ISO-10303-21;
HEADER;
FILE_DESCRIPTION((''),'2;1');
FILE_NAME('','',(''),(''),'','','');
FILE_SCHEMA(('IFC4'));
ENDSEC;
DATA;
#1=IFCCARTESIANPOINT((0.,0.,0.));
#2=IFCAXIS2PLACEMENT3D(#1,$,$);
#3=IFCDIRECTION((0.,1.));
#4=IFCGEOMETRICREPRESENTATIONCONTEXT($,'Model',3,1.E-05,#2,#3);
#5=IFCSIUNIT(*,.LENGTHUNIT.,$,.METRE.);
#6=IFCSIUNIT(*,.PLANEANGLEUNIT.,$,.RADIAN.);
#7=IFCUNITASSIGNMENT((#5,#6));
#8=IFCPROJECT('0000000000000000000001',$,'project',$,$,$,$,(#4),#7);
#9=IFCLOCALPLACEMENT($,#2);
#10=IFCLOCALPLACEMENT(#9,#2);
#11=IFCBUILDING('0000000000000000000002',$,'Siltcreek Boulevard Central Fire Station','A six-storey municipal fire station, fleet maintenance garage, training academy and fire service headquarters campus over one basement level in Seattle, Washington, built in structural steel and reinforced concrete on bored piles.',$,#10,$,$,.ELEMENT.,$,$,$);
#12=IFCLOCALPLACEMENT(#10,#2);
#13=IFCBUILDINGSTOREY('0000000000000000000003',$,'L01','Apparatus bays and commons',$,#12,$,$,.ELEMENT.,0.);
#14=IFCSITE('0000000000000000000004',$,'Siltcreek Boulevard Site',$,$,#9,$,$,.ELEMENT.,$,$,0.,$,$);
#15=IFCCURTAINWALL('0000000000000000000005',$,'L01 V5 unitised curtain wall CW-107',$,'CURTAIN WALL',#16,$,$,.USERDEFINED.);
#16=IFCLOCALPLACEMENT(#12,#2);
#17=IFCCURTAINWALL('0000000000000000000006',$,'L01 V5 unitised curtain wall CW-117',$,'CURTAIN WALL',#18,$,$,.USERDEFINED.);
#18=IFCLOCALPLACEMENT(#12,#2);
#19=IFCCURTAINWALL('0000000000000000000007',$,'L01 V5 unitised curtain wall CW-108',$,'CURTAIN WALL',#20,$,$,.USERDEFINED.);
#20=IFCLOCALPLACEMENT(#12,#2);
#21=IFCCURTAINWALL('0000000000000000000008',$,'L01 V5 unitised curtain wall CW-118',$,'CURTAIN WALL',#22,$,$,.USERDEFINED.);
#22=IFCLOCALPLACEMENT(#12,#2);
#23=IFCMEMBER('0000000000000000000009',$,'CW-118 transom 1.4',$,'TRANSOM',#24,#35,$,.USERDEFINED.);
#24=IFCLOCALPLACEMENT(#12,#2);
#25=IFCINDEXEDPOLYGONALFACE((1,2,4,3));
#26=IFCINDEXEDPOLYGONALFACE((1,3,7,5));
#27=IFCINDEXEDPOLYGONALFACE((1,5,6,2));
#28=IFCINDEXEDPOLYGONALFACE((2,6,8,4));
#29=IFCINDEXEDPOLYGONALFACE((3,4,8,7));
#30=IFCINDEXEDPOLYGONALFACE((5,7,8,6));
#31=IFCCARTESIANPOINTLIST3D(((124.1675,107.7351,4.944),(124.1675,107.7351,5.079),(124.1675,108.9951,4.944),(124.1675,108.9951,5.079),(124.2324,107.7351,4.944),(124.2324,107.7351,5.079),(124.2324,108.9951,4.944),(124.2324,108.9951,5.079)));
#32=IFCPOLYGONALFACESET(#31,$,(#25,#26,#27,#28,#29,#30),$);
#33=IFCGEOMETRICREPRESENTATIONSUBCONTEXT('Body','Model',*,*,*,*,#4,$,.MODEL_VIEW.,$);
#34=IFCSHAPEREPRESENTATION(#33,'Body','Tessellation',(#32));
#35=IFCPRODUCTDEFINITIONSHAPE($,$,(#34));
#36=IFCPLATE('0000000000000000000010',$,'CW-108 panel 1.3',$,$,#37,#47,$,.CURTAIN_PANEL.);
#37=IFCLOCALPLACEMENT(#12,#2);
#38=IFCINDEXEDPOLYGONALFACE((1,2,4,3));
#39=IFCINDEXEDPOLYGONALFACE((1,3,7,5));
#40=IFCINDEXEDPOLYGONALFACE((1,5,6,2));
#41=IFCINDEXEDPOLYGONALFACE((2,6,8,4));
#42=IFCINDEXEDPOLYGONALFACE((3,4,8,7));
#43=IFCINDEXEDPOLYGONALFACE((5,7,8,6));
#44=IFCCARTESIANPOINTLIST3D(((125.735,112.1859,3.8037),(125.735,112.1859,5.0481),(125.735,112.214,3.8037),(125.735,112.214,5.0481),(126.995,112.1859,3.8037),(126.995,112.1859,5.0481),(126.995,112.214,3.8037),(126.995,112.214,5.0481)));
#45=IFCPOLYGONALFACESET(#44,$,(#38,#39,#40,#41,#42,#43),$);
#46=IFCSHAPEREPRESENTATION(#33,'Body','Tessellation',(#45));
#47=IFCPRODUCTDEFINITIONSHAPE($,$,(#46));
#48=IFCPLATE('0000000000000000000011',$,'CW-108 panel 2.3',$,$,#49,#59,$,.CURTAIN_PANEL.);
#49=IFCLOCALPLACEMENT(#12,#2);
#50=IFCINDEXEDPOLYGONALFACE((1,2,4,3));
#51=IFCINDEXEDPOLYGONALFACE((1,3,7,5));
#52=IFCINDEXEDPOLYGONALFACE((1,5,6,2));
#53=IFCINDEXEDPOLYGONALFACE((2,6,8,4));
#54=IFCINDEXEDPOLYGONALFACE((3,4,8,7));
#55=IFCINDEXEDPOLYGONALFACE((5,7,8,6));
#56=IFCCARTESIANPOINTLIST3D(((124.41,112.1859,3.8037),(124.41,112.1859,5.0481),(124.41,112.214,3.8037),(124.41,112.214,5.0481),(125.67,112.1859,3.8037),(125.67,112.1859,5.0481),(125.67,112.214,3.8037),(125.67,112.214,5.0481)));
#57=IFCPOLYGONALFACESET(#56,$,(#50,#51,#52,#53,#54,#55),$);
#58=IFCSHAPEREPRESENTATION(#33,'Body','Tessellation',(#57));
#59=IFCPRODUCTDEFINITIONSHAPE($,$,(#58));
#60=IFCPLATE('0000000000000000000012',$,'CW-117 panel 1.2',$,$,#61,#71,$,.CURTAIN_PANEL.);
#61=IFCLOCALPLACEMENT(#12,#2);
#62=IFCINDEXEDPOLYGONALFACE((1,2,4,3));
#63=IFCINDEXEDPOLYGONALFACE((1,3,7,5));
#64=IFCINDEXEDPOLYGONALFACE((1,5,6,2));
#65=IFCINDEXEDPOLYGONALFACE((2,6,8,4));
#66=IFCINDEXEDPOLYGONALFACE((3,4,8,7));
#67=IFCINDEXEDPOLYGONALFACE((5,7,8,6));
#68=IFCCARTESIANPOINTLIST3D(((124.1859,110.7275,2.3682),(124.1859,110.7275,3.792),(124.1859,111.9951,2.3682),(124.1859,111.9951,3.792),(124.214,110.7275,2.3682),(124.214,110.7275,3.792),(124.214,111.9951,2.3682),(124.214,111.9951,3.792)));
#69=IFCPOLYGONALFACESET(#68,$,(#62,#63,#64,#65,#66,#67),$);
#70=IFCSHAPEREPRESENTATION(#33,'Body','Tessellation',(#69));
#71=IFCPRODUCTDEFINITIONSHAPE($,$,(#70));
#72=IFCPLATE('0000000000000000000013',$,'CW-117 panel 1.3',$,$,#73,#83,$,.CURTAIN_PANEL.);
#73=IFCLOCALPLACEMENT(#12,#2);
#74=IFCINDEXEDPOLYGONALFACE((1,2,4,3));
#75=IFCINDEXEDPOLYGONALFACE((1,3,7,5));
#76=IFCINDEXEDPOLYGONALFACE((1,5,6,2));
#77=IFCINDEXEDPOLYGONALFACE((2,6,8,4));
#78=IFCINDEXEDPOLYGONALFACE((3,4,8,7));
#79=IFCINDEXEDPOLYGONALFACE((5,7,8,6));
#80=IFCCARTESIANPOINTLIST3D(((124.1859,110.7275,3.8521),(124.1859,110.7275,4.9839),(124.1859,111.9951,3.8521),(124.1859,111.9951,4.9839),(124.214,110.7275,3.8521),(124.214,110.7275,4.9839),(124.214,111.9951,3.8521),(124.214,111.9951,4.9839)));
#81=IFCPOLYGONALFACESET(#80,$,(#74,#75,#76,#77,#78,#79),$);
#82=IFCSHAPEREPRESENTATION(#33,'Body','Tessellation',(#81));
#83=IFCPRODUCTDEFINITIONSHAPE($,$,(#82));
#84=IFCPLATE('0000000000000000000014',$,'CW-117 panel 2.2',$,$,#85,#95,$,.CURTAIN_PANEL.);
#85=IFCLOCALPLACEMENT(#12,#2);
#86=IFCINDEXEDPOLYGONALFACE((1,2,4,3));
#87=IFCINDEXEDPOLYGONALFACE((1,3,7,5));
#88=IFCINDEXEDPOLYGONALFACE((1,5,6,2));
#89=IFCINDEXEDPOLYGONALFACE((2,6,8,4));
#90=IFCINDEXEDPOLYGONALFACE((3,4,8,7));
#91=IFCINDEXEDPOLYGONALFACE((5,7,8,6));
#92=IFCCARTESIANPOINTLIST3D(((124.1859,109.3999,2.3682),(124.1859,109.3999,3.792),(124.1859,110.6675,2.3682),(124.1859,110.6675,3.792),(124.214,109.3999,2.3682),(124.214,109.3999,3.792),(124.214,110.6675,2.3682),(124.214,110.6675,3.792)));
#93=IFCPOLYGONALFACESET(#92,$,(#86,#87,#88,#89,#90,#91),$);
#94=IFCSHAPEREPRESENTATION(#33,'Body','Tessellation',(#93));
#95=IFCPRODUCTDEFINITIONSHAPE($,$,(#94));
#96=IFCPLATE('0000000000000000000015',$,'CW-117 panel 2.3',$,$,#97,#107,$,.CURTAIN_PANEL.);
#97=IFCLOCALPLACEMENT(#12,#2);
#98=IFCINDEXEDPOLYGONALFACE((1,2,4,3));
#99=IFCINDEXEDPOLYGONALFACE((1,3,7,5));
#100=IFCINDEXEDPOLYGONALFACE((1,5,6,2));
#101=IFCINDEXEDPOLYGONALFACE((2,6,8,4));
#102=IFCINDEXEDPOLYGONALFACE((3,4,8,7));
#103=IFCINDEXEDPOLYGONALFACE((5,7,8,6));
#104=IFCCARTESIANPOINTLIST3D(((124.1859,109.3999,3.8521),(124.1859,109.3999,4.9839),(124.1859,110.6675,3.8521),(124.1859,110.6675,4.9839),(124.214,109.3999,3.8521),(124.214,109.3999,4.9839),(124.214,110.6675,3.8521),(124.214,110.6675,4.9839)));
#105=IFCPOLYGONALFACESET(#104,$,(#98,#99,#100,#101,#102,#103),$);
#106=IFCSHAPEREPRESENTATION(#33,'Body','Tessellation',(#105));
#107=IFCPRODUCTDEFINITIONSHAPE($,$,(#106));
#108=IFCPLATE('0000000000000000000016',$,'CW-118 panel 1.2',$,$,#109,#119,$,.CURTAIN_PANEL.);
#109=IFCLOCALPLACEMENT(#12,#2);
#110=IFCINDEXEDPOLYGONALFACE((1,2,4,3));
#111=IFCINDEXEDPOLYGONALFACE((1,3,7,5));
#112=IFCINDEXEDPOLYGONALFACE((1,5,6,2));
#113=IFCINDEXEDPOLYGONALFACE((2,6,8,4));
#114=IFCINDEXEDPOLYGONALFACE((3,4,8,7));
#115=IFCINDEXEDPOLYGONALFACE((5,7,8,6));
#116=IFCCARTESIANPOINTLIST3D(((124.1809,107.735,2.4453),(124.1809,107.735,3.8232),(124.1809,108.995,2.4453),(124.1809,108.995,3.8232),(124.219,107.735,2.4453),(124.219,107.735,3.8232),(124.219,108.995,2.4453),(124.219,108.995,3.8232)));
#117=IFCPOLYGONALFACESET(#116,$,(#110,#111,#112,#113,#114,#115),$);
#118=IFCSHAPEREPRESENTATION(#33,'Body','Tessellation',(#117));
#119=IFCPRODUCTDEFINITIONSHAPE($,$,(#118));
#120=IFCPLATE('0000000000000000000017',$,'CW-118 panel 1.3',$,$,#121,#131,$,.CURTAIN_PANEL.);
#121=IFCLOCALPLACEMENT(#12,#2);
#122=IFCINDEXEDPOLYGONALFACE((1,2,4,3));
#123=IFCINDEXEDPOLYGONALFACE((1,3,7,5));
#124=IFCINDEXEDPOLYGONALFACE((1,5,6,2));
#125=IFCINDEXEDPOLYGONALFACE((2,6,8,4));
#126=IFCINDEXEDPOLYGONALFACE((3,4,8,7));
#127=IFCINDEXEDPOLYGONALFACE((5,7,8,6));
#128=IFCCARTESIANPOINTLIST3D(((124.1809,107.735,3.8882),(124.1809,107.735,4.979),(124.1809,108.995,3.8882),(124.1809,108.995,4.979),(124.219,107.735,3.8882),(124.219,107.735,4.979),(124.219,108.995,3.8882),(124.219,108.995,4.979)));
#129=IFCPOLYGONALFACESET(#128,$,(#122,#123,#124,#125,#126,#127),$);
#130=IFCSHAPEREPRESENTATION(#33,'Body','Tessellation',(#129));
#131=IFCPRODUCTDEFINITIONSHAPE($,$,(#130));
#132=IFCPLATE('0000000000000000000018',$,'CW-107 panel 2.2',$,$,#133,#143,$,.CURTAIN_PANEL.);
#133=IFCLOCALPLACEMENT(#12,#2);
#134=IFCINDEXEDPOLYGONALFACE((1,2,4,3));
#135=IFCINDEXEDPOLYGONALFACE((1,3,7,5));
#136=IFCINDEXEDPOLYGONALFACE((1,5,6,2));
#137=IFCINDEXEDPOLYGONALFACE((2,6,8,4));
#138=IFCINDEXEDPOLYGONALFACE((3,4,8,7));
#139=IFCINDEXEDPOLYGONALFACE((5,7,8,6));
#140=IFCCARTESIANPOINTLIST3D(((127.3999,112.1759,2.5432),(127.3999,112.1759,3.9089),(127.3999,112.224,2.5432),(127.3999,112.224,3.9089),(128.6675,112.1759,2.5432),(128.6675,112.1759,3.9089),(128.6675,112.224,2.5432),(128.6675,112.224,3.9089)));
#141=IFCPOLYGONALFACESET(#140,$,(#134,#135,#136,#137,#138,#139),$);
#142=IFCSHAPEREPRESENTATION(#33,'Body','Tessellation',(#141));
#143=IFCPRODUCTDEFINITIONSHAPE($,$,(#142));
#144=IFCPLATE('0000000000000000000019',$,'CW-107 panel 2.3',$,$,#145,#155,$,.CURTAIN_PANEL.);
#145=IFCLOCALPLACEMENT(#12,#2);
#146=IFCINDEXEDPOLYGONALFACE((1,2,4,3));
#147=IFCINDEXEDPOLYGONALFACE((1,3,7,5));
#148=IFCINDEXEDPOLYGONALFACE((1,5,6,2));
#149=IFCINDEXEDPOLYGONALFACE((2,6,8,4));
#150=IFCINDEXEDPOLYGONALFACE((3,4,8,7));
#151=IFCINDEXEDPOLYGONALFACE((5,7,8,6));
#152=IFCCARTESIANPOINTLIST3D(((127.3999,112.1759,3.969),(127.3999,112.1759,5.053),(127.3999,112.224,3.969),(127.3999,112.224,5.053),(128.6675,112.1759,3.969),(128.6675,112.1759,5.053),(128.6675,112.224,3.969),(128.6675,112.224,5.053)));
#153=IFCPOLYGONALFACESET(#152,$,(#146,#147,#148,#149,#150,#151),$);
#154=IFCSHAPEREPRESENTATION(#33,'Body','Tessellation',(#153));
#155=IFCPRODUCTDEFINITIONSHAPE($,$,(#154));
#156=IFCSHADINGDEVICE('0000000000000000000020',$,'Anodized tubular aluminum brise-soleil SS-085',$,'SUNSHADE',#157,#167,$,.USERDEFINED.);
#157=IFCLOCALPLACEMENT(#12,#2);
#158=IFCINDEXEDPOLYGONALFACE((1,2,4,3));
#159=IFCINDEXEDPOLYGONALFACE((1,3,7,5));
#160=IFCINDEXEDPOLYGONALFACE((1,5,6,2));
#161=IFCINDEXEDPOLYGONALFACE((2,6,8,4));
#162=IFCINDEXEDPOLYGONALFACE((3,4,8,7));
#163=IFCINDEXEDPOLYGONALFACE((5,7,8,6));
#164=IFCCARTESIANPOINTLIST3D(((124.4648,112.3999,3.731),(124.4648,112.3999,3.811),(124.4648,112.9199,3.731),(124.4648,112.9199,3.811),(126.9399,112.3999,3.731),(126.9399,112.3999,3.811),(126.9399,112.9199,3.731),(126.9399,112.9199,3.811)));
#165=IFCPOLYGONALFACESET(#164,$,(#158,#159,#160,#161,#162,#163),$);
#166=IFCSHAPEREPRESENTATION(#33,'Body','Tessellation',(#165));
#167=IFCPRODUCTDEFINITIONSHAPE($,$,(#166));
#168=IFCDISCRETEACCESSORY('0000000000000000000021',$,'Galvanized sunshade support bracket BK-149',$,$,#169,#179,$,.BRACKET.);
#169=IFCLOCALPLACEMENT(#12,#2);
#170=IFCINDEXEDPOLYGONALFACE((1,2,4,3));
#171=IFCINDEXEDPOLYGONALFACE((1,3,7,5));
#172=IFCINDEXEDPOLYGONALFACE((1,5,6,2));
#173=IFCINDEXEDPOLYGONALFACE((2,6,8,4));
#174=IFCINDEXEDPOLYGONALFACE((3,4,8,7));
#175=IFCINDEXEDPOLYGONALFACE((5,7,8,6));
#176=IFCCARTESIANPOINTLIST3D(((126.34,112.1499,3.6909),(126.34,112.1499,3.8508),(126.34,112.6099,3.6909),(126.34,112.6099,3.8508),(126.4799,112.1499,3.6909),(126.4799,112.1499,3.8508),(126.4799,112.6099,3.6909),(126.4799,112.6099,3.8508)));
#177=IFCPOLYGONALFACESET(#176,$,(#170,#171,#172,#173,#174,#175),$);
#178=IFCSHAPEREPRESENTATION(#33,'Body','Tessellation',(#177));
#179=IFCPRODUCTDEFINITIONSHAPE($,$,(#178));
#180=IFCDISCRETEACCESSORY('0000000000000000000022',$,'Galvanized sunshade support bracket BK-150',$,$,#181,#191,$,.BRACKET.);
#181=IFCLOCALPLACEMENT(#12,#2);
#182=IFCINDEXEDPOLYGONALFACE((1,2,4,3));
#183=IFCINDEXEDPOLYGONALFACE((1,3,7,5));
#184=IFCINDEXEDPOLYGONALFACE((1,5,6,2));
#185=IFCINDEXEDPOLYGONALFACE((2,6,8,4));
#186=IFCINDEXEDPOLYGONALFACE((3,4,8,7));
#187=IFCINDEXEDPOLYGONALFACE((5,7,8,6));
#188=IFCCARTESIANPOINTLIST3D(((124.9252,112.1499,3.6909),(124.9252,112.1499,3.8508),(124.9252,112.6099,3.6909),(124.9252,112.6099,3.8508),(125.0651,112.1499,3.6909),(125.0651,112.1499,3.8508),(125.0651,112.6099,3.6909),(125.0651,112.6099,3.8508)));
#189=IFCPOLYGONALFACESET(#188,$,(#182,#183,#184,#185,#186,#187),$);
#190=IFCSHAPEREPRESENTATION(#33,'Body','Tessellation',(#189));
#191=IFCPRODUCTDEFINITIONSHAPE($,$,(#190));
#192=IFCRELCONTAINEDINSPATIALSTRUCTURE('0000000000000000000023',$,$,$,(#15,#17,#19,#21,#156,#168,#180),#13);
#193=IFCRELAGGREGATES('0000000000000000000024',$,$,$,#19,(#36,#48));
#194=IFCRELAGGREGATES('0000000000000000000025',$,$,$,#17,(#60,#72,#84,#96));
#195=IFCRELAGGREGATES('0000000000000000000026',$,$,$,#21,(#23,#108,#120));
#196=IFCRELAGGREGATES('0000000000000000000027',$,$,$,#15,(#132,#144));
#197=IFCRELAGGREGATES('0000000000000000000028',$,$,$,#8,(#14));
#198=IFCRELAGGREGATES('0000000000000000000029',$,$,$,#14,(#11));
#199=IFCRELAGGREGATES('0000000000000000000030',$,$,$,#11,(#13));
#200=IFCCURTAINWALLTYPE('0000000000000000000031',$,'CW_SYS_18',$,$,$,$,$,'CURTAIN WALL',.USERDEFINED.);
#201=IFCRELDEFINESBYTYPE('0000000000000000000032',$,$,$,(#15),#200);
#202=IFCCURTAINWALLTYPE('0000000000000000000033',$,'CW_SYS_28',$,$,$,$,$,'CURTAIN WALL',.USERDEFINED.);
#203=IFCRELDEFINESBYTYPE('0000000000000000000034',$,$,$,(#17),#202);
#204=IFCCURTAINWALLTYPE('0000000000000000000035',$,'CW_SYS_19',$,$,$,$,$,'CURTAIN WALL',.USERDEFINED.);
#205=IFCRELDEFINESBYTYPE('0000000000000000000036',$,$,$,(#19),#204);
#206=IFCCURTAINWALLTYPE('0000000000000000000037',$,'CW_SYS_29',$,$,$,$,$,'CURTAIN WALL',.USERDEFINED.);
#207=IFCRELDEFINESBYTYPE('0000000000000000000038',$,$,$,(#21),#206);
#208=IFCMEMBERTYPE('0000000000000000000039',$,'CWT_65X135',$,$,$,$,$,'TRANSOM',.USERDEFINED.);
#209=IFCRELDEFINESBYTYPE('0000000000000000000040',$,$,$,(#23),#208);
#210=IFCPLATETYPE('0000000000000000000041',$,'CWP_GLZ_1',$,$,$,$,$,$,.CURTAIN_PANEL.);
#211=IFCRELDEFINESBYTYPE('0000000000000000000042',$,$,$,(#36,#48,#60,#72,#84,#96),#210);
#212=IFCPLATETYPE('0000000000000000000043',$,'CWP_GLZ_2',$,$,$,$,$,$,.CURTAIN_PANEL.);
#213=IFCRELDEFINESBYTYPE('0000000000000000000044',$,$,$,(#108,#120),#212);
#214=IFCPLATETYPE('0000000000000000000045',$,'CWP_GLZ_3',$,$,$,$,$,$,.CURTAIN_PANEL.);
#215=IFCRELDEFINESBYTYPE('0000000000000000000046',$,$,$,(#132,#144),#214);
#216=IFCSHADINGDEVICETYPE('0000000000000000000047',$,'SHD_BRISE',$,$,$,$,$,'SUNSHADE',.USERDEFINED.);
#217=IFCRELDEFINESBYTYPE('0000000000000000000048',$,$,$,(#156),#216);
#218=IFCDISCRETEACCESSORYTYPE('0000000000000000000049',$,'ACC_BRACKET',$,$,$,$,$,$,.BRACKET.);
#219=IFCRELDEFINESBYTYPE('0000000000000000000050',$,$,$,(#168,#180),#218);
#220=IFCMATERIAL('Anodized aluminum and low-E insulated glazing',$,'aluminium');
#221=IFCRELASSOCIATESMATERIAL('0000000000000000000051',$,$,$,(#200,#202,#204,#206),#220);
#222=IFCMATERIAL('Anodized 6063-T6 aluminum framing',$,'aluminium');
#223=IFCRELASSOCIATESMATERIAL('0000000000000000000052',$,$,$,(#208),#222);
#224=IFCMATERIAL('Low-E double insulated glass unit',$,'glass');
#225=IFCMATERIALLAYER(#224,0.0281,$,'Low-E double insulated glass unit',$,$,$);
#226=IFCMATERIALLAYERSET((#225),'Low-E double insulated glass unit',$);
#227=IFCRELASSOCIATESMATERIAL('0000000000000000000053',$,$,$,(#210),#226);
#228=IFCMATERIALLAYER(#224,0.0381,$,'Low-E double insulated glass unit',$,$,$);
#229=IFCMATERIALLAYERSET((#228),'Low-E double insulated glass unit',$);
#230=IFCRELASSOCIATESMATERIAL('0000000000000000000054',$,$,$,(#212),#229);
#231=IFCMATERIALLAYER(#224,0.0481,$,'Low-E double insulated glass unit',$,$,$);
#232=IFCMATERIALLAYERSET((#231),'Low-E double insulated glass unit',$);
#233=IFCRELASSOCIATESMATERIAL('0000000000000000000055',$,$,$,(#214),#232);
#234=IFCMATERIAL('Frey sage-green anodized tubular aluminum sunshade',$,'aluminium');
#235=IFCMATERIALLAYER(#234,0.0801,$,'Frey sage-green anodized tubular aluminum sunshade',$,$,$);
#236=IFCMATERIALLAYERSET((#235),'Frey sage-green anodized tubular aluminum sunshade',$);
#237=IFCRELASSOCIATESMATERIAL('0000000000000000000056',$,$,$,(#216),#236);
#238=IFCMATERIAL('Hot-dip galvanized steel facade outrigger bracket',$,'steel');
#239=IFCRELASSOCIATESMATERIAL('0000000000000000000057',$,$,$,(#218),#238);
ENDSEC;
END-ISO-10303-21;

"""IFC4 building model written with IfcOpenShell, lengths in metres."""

from ifc_helpers import new_model, si_unit, direction, frame, origin, origin_2d, place, context, subcontext, project, spatial, rectangle, extrude, material, layer, layer_set, material_profile, profile_set, type_object, element, aggregate, save


model = new_model("IFC4")

# Units and contexts
model_context = context("Model", 3, precision=1e-05, world=origin(), true_north=direction((0.0, 1.0)))
body_context = subcontext(model_context, "Body", "Model", "MODEL_VIEW")
ifc_project = project(units=[si_unit("LENGTHUNIT", "METRE"), si_unit("PLANEANGLEUNIT", "RADIAN")], contexts=[model_context])

# Site, building, storey
site_placement = place(None, origin())
site = spatial("IfcSite", under=ifc_project, at=site_placement, Name="Siltcreek Boulevard Site", CompositionType="ELEMENT", RefElevation=0.0)
building_placement = place(site_placement, origin())
building = spatial("IfcBuilding", under=site, at=building_placement, Name="Siltcreek Boulevard Central Fire Station", Description="A six-storey municipal fire station, fleet maintenance garage, training academy and fire service headquarters campus over one basement level in Seattle, Washington, built in structural steel and reinforced concrete on bored piles.", CompositionType="ELEMENT")
storey_placement = place(building_placement, origin())
storey = spatial("IfcBuildingStorey", under=building, at=storey_placement, Name="L01", Description="Apparatus bays and commons", CompositionType="ELEMENT", Elevation=0.0)

# Curtain walls, member
ifc_material_1 = material(Name="Anodized aluminum and low-E insulated glazing", Category="aluminium")
curtain_wall_type_1 = type_object("IfcCurtainWallType", Name="CW_SYS_18", ElementType="CURTAIN WALL", PredefinedType="USERDEFINED", material=ifc_material_1)
curtain_wall_1_placement = place(storey_placement, origin())
curtain_wall_1 = element("IfcCurtainWall", 1, at=curtain_wall_1_placement, inside=storey, type_object=curtain_wall_type_1, Name="L01 V5 unitised curtain wall CW-107", ObjectType="CURTAIN WALL", PredefinedType="USERDEFINED")
ifc_material_2 = material(Name="Anodized 6063-T6 aluminum framing", Category="aluminium")
curtain_wall_type_2 = type_object("IfcCurtainWallType", Name="CW_SYS_28", ElementType="CURTAIN WALL", PredefinedType="USERDEFINED", material=ifc_material_1)
curtain_wall_2_placement = place(storey_placement, origin())
curtain_wall_2 = element("IfcCurtainWall", 2, at=curtain_wall_2_placement, inside=storey, type_object=curtain_wall_type_2, Name="L01 V5 unitised curtain wall CW-117", ObjectType="CURTAIN WALL", PredefinedType="USERDEFINED")
curtain_wall_type_3 = type_object("IfcCurtainWallType", Name="CW_SYS_19", ElementType="CURTAIN WALL", PredefinedType="USERDEFINED", material=ifc_material_1)
curtain_wall_3_placement = place(storey_placement, origin())
curtain_wall_3 = element("IfcCurtainWall", 3, at=curtain_wall_3_placement, inside=storey, type_object=curtain_wall_type_3, Name="L01 V5 unitised curtain wall CW-108", ObjectType="CURTAIN WALL", PredefinedType="USERDEFINED")
ifc_material_profile_1 = material_profile(ifc_material_2, rectangle(XDim=0.0649, YDim=0.135, at=origin_2d()), Name="TRAN65X135")
ifc_profile_set_1 = profile_set([ifc_material_profile_1], Name="Anodized 6063-T6 aluminum framing")
member_type_1 = type_object("IfcMemberType", Name="CWT_65X135", ElementType="TRANSOM", PredefinedType="USERDEFINED", material=ifc_profile_set_1)
curtain_wall_type_4 = type_object("IfcCurtainWallType", Name="CW_SYS_29", ElementType="CURTAIN WALL", PredefinedType="USERDEFINED", material=ifc_material_1)
curtain_wall_4_placement = place(storey_placement, origin())
curtain_wall_4 = element("IfcCurtainWall", 4, at=curtain_wall_4_placement, inside=storey, type_object=curtain_wall_type_4, Name="L01 V5 unitised curtain wall CW-118", ObjectType="CURTAIN WALL", PredefinedType="USERDEFINED")
member_1_placement = place(storey_placement, frame((124.2, 108.9951, 5.0115), z_axis=(0.0, -1.0, 0.0), x_axis=(1.0, 0.0, 0.0)))
member_1 = element("IfcMember", 5, at=member_1_placement, type_object=member_type_1, Name="CW-118 transom 1.4", ObjectType="TRANSOM", PredefinedType="USERDEFINED", context=body_context, shape_type="SweptSolid", body=[
    extrude(rectangle(XDim=0.0649, YDim=0.135, at=origin_2d()), origin(), (0.0, 0.0, 1.0), 1.26),
])

# Plates
ifc_material_3 = material(Name="Low-E double insulated glass unit", Category="glass")
ifc_layer_1 = layer(ifc_material_3, 0.0281, Name="Low-E double insulated glass unit")
ifc_layer_set_1 = layer_set([ifc_layer_1], Name="Low-E double insulated glass unit")
plate_type_1 = type_object("IfcPlateType", Name="CWP_GLZ_1", PredefinedType="CURTAIN_PANEL", material=ifc_layer_set_1)
plate_1_placement = place(storey_placement, frame((126.365, 112.2, 3.8037), z_axis=(0.0, 0.0, 1.0), x_axis=(-1.0, 0.0, 0.0)))
plate_1 = element("IfcPlate", 6, at=plate_1_placement, type_object=plate_type_1, Name="CW-108 panel 1.3", PredefinedType="CURTAIN_PANEL", context=body_context, shape_type="SweptSolid", body=[
    extrude(rectangle(XDim=1.26, YDim=0.0281, at=origin_2d()), origin(), (0.0, 0.0, 1.0), 1.2444),
])
plate_2_placement = place(storey_placement, frame((125.04, 112.2, 3.8037), z_axis=(0.0, 0.0, 1.0), x_axis=(-1.0, 0.0, 0.0)))
plate_2 = element("IfcPlate", 7, at=plate_2_placement, type_object=plate_type_1, Name="CW-108 panel 2.3", PredefinedType="CURTAIN_PANEL", context=body_context, shape_type="SweptSolid", body=[
    extrude(rectangle(XDim=1.26, YDim=0.0281, at=origin_2d()), origin(), (0.0, 0.0, 1.0), 1.2444),
])
aggregate(curtain_wall_3, [plate_1, plate_2])
plate_3_placement = place(storey_placement, frame((124.2, 111.3613, 2.3682), z_axis=(0.0, 0.0, 1.0), x_axis=(0.0, -1.0, 0.0)))
plate_3 = element("IfcPlate", 8, at=plate_3_placement, type_object=plate_type_1, Name="CW-117 panel 1.2", PredefinedType="CURTAIN_PANEL", context=body_context, shape_type="SweptSolid", body=[
    extrude(rectangle(XDim=1.2676, YDim=0.0281, at=origin_2d()), origin(), (0.0, 0.0, 1.0), 1.4238),
])
plate_4_placement = place(storey_placement, frame((124.2, 111.3613, 3.8521), z_axis=(0.0, 0.0, 1.0), x_axis=(0.0, -1.0, 0.0)))
plate_4 = element("IfcPlate", 9, at=plate_4_placement, type_object=plate_type_1, Name="CW-117 panel 1.3", PredefinedType="CURTAIN_PANEL", context=body_context, shape_type="SweptSolid", body=[
    extrude(rectangle(XDim=1.2676, YDim=0.0281, at=origin_2d()), origin(), (0.0, 0.0, 1.0), 1.1318),
])
plate_5_placement = place(storey_placement, frame((124.2, 110.0337, 2.3682), z_axis=(0.0, 0.0, 1.0), x_axis=(0.0, -1.0, 0.0)))
plate_5 = element("IfcPlate", 10, at=plate_5_placement, type_object=plate_type_1, Name="CW-117 panel 2.2", PredefinedType="CURTAIN_PANEL", context=body_context, shape_type="SweptSolid", body=[
    extrude(rectangle(XDim=1.2676, YDim=0.0281, at=origin_2d()), origin(), (0.0, 0.0, 1.0), 1.4238),
])
plate_6_placement = place(storey_placement, frame((124.2, 110.0337, 3.8521), z_axis=(0.0, 0.0, 1.0), x_axis=(0.0, -1.0, 0.0)))
plate_6 = element("IfcPlate", 11, at=plate_6_placement, type_object=plate_type_1, Name="CW-117 panel 2.3", PredefinedType="CURTAIN_PANEL", context=body_context, shape_type="SweptSolid", body=[
    extrude(rectangle(XDim=1.2676, YDim=0.0281, at=origin_2d()), origin(), (0.0, 0.0, 1.0), 1.1318),
])
aggregate(curtain_wall_2, [plate_3, plate_4, plate_5, plate_6])
ifc_layer_2 = layer(ifc_material_3, 0.0381, Name="Low-E double insulated glass unit")
ifc_layer_set_2 = layer_set([ifc_layer_2], Name="Low-E double insulated glass unit")
plate_type_2 = type_object("IfcPlateType", Name="CWP_GLZ_2", PredefinedType="CURTAIN_PANEL", material=ifc_layer_set_2)
plate_7_placement = place(storey_placement, frame((124.2, 108.365, 2.4453), z_axis=(0.0, 0.0, 1.0), x_axis=(0.0, -1.0, 0.0)))
plate_7 = element("IfcPlate", 12, at=plate_7_placement, type_object=plate_type_2, Name="CW-118 panel 1.2", PredefinedType="CURTAIN_PANEL", context=body_context, shape_type="SweptSolid", body=[
    extrude(rectangle(XDim=1.26, YDim=0.0381, at=origin_2d()), origin(), (0.0, 0.0, 1.0), 1.3779),
])
plate_8_placement = place(storey_placement, frame((124.2, 108.365, 3.8882), z_axis=(0.0, 0.0, 1.0), x_axis=(0.0, -1.0, 0.0)))
plate_8 = element("IfcPlate", 13, at=plate_8_placement, type_object=plate_type_2, Name="CW-118 panel 1.3", PredefinedType="CURTAIN_PANEL", context=body_context, shape_type="SweptSolid", body=[
    extrude(rectangle(XDim=1.26, YDim=0.0381, at=origin_2d()), origin(), (0.0, 0.0, 1.0), 1.0908),
])
aggregate(curtain_wall_4, [member_1, plate_7, plate_8])
ifc_layer_3 = layer(ifc_material_3, 0.0481, Name="Low-E double insulated glass unit")
ifc_layer_set_3 = layer_set([ifc_layer_3], Name="Low-E double insulated glass unit")
plate_type_3 = type_object("IfcPlateType", Name="CWP_GLZ_3", PredefinedType="CURTAIN_PANEL", material=ifc_layer_set_3)
plate_9_placement = place(storey_placement, frame((128.0337, 112.2, 2.5432), z_axis=(0.0, 0.0, 1.0), x_axis=(-1.0, 0.0, 0.0)))
plate_9 = element("IfcPlate", 14, at=plate_9_placement, type_object=plate_type_3, Name="CW-107 panel 2.2", PredefinedType="CURTAIN_PANEL", context=body_context, shape_type="SweptSolid", body=[
    extrude(rectangle(XDim=1.2676, YDim=0.0481, at=origin_2d()), origin(), (0.0, 0.0, 1.0), 1.3657),
])
plate_10_placement = place(storey_placement, frame((128.0337, 112.2, 3.969), z_axis=(0.0, 0.0, 1.0), x_axis=(-1.0, 0.0, 0.0)))
plate_10 = element("IfcPlate", 15, at=plate_10_placement, type_object=plate_type_3, Name="CW-107 panel 2.3", PredefinedType="CURTAIN_PANEL", context=body_context, shape_type="SweptSolid", body=[
    extrude(rectangle(XDim=1.2676, YDim=0.0481, at=origin_2d()), origin(), (0.0, 0.0, 1.0), 1.084),
])
aggregate(curtain_wall_1, [plate_9, plate_10])

# Shading device
ifc_material_4 = material(Name="Frey sage-green anodized tubular aluminum sunshade", Category="aluminium")
ifc_layer_4 = layer(ifc_material_4, 0.0801, Name="Frey sage-green anodized tubular aluminum sunshade")
ifc_layer_set_4 = layer_set([ifc_layer_4], Name="Frey sage-green anodized tubular aluminum sunshade")
shading_device_type = type_object("IfcShadingDeviceType", Name="SHD_BRISE", ElementType="SUNSHADE", PredefinedType="USERDEFINED", material=ifc_layer_set_4)
shading_device_placement = place(storey_placement, frame((125.7024, 112.6599, 3.731), z_axis=(0.0, 0.0, 1.0), x_axis=(-1.0, 0.0, 0.0)))
element("IfcShadingDevice", 16, at=shading_device_placement, inside=storey, type_object=shading_device_type, Name="Anodized tubular aluminum brise-soleil SS-085", ObjectType="SUNSHADE", PredefinedType="USERDEFINED", context=body_context, shape_type="SweptSolid", body=[
    extrude(rectangle(XDim=2.4751, YDim=0.52, at=origin_2d()), origin(), (0.0, 0.0, 1.0), 0.0801),
])

# Discrete accessories
ifc_material_5 = material(Name="Hot-dip galvanized steel facade outrigger bracket", Category="steel")
discrete_accessory_type = type_object("IfcDiscreteAccessoryType", Name="ACC_BRACKET", PredefinedType="BRACKET", material=ifc_material_5)
for number, where, z_axis, x_axis, name in (
    (17, (126.4099, 112.3799, 3.6909), (0.0, 0.0, 1.0), (-1.0, 0.0, 0.0), "Galvanized sunshade support bracket BK-149"),
    (18, (124.9951, 112.3799, 3.6909), (0.0, 0.0, 1.0), (-1.0, 0.0, 0.0), "Galvanized sunshade support bracket BK-150"),
):
    element("IfcDiscreteAccessory", number, at=place(storey_placement, frame(where, z_axis=z_axis, x_axis=x_axis)), inside=storey, type_object=discrete_accessory_type, Name=name, PredefinedType="BRACKET", context=body_context, shape_type="SweptSolid", body=[
        extrude(rectangle(XDim=0.1399, YDim=0.46, at=origin_2d()), origin(), (0.0, 0.0, 1.0), 0.1599),
    ])

save(model, "model.ifc")
